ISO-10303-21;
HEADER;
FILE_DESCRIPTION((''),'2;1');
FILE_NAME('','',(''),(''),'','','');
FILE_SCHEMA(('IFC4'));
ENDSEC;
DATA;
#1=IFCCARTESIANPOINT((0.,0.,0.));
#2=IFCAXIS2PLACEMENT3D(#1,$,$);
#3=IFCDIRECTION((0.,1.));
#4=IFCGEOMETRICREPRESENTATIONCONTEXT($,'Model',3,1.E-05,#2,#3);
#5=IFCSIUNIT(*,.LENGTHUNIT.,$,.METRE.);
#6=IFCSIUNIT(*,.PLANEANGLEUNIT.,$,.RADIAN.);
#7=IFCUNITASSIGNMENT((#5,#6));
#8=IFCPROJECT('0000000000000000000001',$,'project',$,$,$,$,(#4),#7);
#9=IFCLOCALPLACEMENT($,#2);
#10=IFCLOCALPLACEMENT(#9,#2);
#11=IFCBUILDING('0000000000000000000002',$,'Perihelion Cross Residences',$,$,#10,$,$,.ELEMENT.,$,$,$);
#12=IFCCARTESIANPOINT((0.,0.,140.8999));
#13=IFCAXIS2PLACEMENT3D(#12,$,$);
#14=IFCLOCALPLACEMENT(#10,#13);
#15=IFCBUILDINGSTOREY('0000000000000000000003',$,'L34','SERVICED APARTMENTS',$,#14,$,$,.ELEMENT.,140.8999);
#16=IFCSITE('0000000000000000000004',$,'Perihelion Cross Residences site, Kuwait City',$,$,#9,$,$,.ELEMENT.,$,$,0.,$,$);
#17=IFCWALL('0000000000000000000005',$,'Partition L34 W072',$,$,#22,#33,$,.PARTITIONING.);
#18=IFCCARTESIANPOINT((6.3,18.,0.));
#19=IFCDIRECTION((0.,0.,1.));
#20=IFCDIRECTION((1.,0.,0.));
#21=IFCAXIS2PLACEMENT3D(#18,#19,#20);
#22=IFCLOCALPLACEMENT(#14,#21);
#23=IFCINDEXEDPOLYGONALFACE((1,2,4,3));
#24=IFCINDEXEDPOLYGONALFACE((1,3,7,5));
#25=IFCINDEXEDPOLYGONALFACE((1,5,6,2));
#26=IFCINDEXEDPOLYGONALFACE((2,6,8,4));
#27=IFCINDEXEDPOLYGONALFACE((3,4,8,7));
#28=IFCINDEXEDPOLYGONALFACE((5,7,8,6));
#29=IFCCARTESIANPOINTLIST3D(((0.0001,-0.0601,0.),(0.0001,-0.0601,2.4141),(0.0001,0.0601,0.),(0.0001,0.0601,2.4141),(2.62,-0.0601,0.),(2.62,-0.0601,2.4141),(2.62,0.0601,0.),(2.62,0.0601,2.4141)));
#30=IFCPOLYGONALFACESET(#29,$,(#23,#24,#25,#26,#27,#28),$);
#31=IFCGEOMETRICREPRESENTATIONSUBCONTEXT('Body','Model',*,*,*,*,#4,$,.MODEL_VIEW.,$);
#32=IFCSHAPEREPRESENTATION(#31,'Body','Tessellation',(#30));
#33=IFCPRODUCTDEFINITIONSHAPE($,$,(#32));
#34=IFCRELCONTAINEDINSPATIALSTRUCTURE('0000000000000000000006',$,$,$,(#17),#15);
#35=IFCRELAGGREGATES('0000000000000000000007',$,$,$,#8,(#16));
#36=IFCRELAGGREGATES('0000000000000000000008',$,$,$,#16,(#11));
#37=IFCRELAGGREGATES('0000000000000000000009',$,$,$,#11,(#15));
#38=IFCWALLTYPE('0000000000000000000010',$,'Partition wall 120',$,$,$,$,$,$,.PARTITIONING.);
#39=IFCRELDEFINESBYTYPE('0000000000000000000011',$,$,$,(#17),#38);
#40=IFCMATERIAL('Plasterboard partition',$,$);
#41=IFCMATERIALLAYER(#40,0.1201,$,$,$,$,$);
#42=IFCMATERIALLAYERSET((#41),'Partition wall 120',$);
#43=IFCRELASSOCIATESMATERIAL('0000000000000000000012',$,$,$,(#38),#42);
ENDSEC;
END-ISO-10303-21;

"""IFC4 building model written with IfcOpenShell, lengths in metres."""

from ifc_helpers import new_model, si_unit, direction, frame, frame_2d, origin, place, context, subcontext, project, spatial, rectangle, extrude, material, layer, layer_set, type_object, element, save


model = new_model("IFC4")

# Units and contexts
model_context = context("Model", 3, precision=1e-05, world=origin(), true_north=direction((0.0, 1.0)))
body_context = subcontext(model_context, "Body", "Model", "MODEL_VIEW")
ifc_project = project(units=[si_unit("LENGTHUNIT", "METRE"), si_unit("PLANEANGLEUNIT", "RADIAN")], contexts=[model_context])

# Site, building, storey
site_placement = place(None, origin())
site = spatial("IfcSite", under=ifc_project, at=site_placement, Name="Perihelion Cross Residences site, Kuwait City", CompositionType="ELEMENT", RefElevation=0.0)
building_placement = place(site_placement, origin())
building = spatial("IfcBuilding", under=site, at=building_placement, Name="Perihelion Cross Residences", CompositionType="ELEMENT")
storey_placement = place(building_placement, frame((0.0, 0.0, 140.8999)))
storey = spatial("IfcBuildingStorey", under=building, at=storey_placement, Name="L34", Description="SERVICED APARTMENTS", CompositionType="ELEMENT", Elevation=140.8999)

# Wall
ifc_material_1 = material(Name="Plasterboard partition")
ifc_layer_1 = layer(ifc_material_1, 0.1201)
ifc_layer_set_1 = layer_set([ifc_layer_1], Name="Partition wall 120")
wall_type_1 = type_object("IfcWallType", Name="Partition wall 120", PredefinedType="PARTITIONING", material=ifc_layer_set_1)
wall_1_placement = place(storey_placement, frame((6.3, 18.0, 0.0), z_axis=(0.0, 0.0, 1.0), x_axis=(1.0, 0.0, 0.0)))
element("IfcWall", 1, at=wall_1_placement, inside=storey, type_object=wall_type_1, Name="Partition L34 W072", PredefinedType="PARTITIONING", context=body_context, shape_type="SweptSolid", body=[
    extrude(rectangle(XDim=2.6199, YDim=0.1201, at=frame_2d((1.3101, 0.0))), origin(), (0.0, 0.0, 1.0), 2.4141),
])

save(model, "model.ifc")
